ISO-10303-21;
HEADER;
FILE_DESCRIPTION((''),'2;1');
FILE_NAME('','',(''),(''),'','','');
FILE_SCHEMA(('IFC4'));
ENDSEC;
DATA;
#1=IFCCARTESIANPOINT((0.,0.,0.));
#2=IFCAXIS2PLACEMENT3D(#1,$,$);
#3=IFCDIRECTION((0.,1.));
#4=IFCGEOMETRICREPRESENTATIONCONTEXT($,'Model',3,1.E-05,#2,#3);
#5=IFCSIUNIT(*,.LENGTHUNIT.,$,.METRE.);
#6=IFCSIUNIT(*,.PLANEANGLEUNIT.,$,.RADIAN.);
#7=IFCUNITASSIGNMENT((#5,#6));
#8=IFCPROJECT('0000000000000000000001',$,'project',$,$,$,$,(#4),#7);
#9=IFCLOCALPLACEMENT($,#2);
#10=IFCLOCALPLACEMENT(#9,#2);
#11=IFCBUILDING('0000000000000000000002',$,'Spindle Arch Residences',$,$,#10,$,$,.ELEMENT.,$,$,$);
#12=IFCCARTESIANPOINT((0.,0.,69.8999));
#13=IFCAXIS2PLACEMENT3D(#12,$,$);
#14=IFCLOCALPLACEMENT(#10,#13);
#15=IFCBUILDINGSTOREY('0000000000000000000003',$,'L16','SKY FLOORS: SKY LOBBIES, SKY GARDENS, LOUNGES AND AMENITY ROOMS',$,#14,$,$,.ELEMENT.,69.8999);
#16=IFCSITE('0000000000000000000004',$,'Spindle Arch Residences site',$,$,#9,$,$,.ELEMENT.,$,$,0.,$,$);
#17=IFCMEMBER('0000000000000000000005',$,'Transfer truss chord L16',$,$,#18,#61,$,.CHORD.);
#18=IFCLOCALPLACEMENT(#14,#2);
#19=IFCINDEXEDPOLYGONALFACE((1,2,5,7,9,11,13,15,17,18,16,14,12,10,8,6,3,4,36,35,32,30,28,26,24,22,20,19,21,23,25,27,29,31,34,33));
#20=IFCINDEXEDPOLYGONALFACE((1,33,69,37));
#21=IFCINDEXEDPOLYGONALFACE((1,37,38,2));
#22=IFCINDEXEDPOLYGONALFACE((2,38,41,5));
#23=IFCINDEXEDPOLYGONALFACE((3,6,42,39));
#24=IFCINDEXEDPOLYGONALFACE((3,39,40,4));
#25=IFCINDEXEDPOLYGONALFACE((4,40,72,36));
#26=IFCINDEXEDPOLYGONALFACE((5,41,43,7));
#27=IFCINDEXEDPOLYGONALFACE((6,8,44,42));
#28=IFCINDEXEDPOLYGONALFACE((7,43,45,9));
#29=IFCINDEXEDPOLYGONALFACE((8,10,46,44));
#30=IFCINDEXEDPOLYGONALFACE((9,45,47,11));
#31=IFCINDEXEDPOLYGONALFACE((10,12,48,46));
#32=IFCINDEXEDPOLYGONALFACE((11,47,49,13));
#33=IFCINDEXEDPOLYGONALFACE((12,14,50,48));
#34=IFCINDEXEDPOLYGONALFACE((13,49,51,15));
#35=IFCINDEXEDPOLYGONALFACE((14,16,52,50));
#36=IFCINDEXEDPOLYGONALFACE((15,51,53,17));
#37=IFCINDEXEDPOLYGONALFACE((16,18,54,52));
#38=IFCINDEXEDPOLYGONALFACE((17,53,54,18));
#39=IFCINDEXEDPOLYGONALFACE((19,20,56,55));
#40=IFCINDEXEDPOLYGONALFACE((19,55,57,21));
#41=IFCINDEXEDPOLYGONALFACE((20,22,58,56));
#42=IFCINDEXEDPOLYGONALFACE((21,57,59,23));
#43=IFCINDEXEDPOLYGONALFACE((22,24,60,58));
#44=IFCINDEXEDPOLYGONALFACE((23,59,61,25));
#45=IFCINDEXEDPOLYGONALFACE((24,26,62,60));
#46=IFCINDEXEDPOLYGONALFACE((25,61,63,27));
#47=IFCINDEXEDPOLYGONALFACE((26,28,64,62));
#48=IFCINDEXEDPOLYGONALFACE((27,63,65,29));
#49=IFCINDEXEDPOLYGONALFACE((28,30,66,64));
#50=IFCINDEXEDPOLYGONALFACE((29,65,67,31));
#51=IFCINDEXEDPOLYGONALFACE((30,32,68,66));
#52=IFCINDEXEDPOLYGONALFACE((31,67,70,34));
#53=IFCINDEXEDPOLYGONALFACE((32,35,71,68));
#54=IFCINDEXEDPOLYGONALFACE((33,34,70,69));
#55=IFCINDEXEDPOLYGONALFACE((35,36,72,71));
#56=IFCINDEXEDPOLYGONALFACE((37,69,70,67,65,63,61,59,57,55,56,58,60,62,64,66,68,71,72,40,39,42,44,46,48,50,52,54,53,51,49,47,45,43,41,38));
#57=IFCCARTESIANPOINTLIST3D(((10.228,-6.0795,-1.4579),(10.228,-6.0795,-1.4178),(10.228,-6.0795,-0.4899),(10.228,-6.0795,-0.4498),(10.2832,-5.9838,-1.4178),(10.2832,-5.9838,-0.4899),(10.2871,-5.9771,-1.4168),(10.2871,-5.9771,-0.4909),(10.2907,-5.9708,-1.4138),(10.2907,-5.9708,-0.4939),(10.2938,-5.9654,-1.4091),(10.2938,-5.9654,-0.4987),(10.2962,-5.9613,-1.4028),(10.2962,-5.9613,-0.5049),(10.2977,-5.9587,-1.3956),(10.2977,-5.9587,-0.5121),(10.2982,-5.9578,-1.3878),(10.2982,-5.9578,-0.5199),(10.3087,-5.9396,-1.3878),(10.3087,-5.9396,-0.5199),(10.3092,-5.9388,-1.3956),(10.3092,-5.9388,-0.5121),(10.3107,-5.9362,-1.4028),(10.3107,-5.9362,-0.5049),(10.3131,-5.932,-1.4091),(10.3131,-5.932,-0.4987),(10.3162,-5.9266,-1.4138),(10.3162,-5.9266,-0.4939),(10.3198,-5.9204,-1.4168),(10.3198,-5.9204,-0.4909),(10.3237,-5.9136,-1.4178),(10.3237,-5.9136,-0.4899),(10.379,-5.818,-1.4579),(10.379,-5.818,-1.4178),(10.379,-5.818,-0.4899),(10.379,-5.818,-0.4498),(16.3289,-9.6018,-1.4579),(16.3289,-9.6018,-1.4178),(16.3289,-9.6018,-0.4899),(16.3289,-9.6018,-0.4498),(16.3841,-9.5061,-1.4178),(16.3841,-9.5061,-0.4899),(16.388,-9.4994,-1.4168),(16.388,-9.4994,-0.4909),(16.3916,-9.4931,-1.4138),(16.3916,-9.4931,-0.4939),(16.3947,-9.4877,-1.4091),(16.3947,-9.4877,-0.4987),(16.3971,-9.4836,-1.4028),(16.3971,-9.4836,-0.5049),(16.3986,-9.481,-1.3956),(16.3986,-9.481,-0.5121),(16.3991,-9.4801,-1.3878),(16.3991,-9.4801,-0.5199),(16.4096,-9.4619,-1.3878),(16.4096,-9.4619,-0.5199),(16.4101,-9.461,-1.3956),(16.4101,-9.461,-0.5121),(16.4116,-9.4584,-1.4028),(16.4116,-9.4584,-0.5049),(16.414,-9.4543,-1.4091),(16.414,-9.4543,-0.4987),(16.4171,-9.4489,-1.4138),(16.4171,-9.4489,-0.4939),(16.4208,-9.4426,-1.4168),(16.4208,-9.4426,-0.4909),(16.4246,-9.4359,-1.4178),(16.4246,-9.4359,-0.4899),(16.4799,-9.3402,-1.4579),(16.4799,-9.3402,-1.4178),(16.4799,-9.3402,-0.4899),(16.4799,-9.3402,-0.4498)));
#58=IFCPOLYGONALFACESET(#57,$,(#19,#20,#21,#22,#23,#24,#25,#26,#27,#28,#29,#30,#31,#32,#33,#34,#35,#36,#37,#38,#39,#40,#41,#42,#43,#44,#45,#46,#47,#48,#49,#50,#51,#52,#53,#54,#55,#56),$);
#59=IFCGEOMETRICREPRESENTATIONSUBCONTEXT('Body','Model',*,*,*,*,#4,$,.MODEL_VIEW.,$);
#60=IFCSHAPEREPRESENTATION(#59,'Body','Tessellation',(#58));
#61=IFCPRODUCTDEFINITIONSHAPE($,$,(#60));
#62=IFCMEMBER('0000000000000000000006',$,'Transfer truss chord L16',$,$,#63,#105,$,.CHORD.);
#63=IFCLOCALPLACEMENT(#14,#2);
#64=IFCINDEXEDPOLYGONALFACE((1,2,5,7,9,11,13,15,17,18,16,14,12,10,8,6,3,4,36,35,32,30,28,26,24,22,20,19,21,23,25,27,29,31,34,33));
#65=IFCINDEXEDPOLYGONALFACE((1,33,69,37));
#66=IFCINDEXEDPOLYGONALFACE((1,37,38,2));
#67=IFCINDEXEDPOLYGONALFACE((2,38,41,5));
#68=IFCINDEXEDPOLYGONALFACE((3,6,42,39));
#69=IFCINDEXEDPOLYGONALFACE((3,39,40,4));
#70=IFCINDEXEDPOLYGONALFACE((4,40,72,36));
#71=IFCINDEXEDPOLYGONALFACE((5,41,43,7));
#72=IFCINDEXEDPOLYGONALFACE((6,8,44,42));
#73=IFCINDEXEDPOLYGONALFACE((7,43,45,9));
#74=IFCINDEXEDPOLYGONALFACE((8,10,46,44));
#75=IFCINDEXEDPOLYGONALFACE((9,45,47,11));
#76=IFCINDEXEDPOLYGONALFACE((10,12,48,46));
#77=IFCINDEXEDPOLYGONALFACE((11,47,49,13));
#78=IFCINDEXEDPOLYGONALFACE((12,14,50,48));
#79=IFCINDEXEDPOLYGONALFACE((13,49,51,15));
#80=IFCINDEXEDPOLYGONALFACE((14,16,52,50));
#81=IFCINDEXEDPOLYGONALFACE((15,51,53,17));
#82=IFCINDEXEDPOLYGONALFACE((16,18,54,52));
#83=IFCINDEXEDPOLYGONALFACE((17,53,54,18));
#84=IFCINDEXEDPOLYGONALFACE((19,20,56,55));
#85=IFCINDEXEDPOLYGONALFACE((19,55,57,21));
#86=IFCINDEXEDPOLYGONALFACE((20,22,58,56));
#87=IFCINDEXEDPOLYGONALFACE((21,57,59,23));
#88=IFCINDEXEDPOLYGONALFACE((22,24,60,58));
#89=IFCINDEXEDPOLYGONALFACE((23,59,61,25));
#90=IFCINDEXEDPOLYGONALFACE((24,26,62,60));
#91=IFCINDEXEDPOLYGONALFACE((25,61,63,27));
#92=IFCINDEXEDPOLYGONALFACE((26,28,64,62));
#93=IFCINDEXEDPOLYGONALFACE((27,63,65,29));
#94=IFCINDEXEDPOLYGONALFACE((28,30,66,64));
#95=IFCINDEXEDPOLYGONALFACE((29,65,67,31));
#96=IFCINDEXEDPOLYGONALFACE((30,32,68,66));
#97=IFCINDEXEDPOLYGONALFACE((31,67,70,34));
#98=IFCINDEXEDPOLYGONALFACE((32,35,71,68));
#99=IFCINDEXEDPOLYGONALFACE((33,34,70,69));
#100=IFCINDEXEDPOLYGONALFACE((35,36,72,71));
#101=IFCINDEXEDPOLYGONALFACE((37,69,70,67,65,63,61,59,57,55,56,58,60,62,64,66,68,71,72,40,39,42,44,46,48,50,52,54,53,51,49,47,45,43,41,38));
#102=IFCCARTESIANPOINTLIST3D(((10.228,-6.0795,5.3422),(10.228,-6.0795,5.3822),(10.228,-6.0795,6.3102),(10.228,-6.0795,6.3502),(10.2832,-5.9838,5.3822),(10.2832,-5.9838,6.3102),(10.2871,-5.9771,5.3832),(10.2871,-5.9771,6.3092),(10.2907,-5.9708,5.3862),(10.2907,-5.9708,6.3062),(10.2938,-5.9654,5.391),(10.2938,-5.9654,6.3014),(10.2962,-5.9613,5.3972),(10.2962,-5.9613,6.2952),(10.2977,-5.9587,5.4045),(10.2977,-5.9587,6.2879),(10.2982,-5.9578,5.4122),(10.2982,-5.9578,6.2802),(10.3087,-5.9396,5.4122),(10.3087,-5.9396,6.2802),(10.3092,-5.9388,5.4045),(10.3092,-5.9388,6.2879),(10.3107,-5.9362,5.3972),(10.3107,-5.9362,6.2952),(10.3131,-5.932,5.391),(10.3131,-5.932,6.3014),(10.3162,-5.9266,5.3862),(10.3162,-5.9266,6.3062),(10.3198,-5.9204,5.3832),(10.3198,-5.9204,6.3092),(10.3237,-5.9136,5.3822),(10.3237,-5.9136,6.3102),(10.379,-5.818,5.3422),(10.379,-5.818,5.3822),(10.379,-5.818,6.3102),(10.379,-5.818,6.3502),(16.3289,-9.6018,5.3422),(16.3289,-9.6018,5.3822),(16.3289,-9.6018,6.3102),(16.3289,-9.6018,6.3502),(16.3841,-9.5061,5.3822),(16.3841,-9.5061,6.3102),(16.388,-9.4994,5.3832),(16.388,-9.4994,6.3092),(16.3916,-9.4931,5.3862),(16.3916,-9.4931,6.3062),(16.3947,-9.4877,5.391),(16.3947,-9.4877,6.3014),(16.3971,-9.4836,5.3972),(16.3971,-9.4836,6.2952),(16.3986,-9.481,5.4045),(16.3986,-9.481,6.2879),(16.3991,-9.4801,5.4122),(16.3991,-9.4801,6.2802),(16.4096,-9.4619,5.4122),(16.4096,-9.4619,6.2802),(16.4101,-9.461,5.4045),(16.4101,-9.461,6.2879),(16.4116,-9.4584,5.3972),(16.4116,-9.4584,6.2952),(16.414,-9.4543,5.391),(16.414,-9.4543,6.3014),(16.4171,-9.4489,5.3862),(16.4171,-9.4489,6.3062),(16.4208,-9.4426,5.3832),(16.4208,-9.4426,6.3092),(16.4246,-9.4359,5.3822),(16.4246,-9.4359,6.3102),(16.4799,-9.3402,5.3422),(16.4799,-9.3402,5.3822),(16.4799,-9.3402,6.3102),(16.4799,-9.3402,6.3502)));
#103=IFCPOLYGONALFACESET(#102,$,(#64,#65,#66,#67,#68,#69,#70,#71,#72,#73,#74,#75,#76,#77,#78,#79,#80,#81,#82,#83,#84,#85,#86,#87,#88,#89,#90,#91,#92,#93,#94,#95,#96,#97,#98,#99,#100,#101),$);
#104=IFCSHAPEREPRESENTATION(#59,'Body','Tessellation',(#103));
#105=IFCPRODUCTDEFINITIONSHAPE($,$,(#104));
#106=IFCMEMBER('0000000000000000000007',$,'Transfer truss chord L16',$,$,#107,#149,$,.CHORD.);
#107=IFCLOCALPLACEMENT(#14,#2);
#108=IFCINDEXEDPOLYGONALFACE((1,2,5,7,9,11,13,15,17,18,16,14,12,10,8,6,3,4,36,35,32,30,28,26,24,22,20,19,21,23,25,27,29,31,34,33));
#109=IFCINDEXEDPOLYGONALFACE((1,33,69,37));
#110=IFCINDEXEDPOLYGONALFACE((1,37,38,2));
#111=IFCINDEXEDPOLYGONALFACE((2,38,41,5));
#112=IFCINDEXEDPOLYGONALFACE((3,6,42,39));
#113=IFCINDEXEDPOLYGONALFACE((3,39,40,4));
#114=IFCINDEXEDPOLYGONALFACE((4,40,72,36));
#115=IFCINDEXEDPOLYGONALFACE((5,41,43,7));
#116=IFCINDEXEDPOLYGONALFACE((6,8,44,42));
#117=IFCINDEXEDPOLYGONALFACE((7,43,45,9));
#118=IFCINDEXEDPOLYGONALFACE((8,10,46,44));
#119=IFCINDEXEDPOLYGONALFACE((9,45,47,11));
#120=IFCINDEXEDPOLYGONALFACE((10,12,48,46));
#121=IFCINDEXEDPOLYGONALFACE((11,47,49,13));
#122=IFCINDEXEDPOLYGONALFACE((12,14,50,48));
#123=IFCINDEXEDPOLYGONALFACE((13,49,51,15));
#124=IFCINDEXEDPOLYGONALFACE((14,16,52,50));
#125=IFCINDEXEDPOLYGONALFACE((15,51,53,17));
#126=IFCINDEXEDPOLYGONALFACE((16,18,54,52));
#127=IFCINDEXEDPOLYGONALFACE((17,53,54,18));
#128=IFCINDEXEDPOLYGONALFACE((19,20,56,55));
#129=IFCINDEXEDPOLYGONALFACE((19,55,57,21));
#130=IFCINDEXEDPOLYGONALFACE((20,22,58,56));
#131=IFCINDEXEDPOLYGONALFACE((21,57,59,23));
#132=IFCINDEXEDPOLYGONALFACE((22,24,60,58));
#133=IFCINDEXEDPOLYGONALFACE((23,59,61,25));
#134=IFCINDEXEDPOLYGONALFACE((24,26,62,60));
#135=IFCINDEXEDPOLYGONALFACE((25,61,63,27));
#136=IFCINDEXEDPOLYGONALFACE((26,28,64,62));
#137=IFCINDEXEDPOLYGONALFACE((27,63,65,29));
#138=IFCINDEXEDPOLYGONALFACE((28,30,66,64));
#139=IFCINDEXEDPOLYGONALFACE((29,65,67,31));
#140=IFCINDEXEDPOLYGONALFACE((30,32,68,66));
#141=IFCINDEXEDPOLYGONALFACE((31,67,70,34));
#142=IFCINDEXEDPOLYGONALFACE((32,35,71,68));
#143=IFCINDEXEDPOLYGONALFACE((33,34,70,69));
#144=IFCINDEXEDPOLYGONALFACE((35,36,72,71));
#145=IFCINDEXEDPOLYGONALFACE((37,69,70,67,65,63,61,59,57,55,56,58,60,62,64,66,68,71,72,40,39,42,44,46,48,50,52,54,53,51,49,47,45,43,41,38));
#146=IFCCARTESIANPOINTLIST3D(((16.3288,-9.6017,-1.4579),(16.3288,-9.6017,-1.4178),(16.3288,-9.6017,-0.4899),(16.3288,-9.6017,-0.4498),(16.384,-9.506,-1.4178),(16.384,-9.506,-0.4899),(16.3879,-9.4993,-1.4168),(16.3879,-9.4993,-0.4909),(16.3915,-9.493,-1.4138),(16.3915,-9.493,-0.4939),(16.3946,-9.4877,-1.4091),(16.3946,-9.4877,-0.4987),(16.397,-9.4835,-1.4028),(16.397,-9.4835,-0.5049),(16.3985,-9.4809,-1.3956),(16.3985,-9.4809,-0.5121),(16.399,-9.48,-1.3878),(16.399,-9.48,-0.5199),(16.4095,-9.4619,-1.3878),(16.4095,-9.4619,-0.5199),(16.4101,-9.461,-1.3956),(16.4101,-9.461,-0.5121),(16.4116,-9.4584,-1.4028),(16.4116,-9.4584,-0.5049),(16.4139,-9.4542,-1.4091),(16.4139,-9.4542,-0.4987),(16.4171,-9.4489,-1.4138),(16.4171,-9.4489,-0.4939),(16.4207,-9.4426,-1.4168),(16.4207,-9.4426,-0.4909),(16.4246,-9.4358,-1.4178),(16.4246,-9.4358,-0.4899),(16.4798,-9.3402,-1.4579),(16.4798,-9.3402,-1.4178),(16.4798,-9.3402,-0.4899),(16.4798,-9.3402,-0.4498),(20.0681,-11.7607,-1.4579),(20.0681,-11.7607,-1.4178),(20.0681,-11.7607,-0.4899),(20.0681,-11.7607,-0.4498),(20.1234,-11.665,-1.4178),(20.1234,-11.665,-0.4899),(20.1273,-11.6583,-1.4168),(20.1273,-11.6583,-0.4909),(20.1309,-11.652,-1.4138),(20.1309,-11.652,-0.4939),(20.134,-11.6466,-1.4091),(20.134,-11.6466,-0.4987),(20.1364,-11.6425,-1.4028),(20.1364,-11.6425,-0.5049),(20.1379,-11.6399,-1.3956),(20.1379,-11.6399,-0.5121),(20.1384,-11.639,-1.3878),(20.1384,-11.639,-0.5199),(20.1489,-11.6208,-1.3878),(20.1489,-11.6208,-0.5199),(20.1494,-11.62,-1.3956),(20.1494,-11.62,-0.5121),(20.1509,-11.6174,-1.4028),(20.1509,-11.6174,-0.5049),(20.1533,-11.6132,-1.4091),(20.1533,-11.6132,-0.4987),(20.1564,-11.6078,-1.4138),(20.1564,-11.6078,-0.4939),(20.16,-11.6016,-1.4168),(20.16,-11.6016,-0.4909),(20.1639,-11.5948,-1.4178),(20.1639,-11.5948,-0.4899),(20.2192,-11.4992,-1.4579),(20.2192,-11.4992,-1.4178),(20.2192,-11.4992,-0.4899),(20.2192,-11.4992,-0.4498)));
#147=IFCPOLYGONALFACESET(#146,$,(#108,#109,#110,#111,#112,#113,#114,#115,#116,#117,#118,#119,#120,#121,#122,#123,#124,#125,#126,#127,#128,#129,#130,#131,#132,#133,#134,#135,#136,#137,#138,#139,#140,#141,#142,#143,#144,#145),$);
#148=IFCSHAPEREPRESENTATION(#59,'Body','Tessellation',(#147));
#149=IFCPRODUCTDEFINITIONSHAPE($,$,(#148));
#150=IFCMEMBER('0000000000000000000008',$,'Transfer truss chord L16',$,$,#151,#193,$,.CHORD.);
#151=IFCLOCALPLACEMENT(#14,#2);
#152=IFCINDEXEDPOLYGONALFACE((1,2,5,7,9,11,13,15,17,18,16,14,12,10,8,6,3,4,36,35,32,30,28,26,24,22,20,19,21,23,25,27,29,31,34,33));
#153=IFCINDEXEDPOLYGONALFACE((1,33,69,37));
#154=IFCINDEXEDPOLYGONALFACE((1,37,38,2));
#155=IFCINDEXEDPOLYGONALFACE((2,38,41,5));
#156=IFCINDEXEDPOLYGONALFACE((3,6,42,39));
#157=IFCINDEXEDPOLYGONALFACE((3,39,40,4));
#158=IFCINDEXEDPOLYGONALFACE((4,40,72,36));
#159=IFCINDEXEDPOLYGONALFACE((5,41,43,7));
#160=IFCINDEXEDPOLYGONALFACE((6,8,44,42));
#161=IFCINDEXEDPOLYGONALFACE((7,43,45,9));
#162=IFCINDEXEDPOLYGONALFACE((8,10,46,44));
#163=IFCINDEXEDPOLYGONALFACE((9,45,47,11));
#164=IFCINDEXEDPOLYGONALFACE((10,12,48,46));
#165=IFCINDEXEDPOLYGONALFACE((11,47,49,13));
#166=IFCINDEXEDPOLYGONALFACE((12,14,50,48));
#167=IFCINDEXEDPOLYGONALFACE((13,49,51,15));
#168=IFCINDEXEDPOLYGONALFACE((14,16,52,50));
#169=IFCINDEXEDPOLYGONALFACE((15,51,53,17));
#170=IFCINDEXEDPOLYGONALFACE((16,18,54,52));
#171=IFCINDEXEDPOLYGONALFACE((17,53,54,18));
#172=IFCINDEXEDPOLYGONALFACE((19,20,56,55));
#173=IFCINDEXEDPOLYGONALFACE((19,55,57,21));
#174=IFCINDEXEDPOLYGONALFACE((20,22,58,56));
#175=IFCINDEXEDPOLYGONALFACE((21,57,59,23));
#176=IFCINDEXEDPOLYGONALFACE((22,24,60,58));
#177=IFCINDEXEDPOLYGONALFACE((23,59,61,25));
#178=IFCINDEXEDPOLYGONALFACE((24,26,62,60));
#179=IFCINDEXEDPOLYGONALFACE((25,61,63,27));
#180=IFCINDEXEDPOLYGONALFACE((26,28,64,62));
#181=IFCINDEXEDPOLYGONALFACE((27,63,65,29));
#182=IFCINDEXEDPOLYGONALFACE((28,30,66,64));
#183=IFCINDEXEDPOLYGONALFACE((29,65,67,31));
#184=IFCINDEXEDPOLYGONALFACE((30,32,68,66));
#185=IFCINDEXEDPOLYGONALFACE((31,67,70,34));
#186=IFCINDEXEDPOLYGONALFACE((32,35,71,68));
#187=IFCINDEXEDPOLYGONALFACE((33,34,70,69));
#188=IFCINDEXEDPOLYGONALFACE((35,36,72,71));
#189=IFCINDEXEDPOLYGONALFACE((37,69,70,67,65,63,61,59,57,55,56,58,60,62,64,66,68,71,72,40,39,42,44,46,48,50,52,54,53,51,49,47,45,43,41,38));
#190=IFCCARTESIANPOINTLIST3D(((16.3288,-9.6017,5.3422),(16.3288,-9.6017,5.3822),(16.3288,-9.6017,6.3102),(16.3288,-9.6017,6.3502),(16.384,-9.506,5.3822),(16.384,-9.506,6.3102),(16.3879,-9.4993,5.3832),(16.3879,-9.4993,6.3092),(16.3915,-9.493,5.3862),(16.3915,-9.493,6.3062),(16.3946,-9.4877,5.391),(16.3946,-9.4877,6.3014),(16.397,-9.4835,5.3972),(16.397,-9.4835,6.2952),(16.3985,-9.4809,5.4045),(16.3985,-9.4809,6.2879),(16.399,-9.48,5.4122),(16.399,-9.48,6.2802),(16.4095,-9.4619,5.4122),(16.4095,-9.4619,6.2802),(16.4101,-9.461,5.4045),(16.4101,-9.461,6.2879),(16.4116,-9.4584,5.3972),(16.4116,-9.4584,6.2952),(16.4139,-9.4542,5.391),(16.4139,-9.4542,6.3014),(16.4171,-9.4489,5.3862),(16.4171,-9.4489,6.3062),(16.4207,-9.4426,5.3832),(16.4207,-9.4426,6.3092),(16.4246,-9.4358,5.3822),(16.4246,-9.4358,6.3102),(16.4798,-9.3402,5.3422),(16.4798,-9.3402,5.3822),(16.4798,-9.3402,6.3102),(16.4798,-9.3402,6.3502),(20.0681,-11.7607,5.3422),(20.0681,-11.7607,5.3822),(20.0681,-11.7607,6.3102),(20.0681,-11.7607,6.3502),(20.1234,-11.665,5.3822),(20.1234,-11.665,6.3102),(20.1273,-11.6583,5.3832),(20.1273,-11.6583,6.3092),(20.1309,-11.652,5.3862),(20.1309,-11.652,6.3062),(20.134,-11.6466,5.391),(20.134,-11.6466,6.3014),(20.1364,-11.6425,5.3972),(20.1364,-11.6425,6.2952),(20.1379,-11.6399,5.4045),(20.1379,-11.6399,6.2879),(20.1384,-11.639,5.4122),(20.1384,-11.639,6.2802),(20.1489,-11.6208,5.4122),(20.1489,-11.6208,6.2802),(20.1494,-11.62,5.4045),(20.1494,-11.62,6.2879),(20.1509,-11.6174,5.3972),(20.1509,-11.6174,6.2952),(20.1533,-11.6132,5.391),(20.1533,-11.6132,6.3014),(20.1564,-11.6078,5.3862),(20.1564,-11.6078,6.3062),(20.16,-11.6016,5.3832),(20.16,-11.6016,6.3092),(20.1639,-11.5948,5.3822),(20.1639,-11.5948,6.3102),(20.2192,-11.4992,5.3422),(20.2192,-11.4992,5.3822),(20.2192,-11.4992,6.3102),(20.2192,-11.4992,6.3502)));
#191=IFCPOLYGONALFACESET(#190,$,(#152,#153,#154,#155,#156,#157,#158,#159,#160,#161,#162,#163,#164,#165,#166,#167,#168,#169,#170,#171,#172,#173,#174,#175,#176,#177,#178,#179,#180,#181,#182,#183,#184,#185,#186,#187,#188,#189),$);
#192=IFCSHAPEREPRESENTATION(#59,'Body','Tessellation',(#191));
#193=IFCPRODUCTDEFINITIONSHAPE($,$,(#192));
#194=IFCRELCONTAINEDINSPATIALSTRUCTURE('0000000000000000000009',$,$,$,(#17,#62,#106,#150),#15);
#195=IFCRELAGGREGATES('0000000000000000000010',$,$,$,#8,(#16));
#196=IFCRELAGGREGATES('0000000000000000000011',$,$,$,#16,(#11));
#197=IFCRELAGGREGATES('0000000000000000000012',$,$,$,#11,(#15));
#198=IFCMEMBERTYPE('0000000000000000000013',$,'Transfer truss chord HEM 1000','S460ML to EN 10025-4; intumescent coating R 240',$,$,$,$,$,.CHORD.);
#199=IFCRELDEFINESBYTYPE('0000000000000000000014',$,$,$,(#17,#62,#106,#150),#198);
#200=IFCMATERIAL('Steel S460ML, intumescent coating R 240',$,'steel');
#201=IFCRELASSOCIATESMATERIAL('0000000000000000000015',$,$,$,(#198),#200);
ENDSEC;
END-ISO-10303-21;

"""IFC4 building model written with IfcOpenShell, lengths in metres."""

from ifc_helpers import new_model, si_unit, direction, frame, origin, origin_2d, place, context, subcontext, project, spatial, i_section, extrude, material, material_profile, profile_set, type_object, element, save


model = new_model("IFC4")

# Units and contexts
model_context = context("Model", 3, precision=1e-05, world=origin(), true_north=direction((0.0, 1.0)))
body_context = subcontext(model_context, "Body", "Model", "MODEL_VIEW")
ifc_project = project(units=[si_unit("LENGTHUNIT", "METRE"), si_unit("PLANEANGLEUNIT", "RADIAN")], contexts=[model_context])

# Site, building, storey
site_placement = place(None, origin())
site = spatial("IfcSite", under=ifc_project, at=site_placement, Name="Spindle Arch Residences site", CompositionType="ELEMENT", RefElevation=0.0)
building_placement = place(site_placement, origin())
building = spatial("IfcBuilding", under=site, at=building_placement, Name="Spindle Arch Residences", CompositionType="ELEMENT")
storey_placement = place(building_placement, frame((0.0, 0.0, 69.8999)))
storey = spatial("IfcBuildingStorey", under=building, at=storey_placement, Name="L16", Description="SKY FLOORS: SKY LOBBIES, SKY GARDENS, LOUNGES AND AMENITY ROOMS", CompositionType="ELEMENT", Elevation=69.8999)

# Members
ifc_material_1 = material(Name="Steel S460ML, intumescent coating R 240", Category="steel")
ifc_material_profile_1 = material_profile(ifc_material_1, i_section(OverallWidth=0.302, OverallDepth=1.0081, WebThickness=0.021, FlangeThickness=0.04, FilletRadius=0.03, at=origin_2d()), Name="HEM 1000")
ifc_profile_set_1 = profile_set([ifc_material_profile_1], Name="Steel S460ML, intumescent coating R 240")
member_type_1 = type_object("IfcMemberType", Name="Transfer truss chord HEM 1000", Description="S460ML to EN 10025-4; intumescent coating R 240", PredefinedType="CHORD", material=ifc_profile_set_1)
for number, where, z_axis, x_axis, name in (
    (1, (10.3035, -5.9487, -0.9539), (0.866031, -0.499989, 0.0), (0.499989, 0.866031, 0.0), "Transfer truss chord L16"),
    (2, (10.3035, -5.9487, 5.8462), (0.866031, -0.499989, 0.0), (0.499989, 0.866031, 0.0), "Transfer truss chord L16"),
):
    element("IfcMember", number, at=place(storey_placement, frame(where, z_axis=z_axis, x_axis=x_axis)), inside=storey, type_object=member_type_1, Name=name, PredefinedType="CHORD", context=body_context, shape_type="SweptSolid", body=[
        extrude(i_section(OverallWidth=0.302, OverallDepth=1.0081, WebThickness=0.021, FlangeThickness=0.04, FilletRadius=0.03, at=origin_2d()), origin(), (0.0, 0.0, 1.0), 7.0447),
    ])
for number, where, z_axis, x_axis, name in (
    (3, (16.4043, -9.4709, -0.9539), (0.866018, -0.500013, 0.0), (0.500013, 0.866018, 0.0), "Transfer truss chord L16"),
    (4, (16.4043, -9.4709, 5.8462), (0.866018, -0.500013, 0.0), (0.500013, 0.866018, 0.0), "Transfer truss chord L16"),
):
    element("IfcMember", number, at=place(storey_placement, frame(where, z_axis=z_axis, x_axis=x_axis)), inside=storey, type_object=member_type_1, Name=name, PredefinedType="CHORD", context=body_context, shape_type="SweptSolid", body=[
        extrude(i_section(OverallWidth=0.302, OverallDepth=1.0081, WebThickness=0.021, FlangeThickness=0.04, FilletRadius=0.03, at=origin_2d()), origin(), (0.0, 0.0, 1.0), 4.3179),
    ])

save(model, "model.ifc")
